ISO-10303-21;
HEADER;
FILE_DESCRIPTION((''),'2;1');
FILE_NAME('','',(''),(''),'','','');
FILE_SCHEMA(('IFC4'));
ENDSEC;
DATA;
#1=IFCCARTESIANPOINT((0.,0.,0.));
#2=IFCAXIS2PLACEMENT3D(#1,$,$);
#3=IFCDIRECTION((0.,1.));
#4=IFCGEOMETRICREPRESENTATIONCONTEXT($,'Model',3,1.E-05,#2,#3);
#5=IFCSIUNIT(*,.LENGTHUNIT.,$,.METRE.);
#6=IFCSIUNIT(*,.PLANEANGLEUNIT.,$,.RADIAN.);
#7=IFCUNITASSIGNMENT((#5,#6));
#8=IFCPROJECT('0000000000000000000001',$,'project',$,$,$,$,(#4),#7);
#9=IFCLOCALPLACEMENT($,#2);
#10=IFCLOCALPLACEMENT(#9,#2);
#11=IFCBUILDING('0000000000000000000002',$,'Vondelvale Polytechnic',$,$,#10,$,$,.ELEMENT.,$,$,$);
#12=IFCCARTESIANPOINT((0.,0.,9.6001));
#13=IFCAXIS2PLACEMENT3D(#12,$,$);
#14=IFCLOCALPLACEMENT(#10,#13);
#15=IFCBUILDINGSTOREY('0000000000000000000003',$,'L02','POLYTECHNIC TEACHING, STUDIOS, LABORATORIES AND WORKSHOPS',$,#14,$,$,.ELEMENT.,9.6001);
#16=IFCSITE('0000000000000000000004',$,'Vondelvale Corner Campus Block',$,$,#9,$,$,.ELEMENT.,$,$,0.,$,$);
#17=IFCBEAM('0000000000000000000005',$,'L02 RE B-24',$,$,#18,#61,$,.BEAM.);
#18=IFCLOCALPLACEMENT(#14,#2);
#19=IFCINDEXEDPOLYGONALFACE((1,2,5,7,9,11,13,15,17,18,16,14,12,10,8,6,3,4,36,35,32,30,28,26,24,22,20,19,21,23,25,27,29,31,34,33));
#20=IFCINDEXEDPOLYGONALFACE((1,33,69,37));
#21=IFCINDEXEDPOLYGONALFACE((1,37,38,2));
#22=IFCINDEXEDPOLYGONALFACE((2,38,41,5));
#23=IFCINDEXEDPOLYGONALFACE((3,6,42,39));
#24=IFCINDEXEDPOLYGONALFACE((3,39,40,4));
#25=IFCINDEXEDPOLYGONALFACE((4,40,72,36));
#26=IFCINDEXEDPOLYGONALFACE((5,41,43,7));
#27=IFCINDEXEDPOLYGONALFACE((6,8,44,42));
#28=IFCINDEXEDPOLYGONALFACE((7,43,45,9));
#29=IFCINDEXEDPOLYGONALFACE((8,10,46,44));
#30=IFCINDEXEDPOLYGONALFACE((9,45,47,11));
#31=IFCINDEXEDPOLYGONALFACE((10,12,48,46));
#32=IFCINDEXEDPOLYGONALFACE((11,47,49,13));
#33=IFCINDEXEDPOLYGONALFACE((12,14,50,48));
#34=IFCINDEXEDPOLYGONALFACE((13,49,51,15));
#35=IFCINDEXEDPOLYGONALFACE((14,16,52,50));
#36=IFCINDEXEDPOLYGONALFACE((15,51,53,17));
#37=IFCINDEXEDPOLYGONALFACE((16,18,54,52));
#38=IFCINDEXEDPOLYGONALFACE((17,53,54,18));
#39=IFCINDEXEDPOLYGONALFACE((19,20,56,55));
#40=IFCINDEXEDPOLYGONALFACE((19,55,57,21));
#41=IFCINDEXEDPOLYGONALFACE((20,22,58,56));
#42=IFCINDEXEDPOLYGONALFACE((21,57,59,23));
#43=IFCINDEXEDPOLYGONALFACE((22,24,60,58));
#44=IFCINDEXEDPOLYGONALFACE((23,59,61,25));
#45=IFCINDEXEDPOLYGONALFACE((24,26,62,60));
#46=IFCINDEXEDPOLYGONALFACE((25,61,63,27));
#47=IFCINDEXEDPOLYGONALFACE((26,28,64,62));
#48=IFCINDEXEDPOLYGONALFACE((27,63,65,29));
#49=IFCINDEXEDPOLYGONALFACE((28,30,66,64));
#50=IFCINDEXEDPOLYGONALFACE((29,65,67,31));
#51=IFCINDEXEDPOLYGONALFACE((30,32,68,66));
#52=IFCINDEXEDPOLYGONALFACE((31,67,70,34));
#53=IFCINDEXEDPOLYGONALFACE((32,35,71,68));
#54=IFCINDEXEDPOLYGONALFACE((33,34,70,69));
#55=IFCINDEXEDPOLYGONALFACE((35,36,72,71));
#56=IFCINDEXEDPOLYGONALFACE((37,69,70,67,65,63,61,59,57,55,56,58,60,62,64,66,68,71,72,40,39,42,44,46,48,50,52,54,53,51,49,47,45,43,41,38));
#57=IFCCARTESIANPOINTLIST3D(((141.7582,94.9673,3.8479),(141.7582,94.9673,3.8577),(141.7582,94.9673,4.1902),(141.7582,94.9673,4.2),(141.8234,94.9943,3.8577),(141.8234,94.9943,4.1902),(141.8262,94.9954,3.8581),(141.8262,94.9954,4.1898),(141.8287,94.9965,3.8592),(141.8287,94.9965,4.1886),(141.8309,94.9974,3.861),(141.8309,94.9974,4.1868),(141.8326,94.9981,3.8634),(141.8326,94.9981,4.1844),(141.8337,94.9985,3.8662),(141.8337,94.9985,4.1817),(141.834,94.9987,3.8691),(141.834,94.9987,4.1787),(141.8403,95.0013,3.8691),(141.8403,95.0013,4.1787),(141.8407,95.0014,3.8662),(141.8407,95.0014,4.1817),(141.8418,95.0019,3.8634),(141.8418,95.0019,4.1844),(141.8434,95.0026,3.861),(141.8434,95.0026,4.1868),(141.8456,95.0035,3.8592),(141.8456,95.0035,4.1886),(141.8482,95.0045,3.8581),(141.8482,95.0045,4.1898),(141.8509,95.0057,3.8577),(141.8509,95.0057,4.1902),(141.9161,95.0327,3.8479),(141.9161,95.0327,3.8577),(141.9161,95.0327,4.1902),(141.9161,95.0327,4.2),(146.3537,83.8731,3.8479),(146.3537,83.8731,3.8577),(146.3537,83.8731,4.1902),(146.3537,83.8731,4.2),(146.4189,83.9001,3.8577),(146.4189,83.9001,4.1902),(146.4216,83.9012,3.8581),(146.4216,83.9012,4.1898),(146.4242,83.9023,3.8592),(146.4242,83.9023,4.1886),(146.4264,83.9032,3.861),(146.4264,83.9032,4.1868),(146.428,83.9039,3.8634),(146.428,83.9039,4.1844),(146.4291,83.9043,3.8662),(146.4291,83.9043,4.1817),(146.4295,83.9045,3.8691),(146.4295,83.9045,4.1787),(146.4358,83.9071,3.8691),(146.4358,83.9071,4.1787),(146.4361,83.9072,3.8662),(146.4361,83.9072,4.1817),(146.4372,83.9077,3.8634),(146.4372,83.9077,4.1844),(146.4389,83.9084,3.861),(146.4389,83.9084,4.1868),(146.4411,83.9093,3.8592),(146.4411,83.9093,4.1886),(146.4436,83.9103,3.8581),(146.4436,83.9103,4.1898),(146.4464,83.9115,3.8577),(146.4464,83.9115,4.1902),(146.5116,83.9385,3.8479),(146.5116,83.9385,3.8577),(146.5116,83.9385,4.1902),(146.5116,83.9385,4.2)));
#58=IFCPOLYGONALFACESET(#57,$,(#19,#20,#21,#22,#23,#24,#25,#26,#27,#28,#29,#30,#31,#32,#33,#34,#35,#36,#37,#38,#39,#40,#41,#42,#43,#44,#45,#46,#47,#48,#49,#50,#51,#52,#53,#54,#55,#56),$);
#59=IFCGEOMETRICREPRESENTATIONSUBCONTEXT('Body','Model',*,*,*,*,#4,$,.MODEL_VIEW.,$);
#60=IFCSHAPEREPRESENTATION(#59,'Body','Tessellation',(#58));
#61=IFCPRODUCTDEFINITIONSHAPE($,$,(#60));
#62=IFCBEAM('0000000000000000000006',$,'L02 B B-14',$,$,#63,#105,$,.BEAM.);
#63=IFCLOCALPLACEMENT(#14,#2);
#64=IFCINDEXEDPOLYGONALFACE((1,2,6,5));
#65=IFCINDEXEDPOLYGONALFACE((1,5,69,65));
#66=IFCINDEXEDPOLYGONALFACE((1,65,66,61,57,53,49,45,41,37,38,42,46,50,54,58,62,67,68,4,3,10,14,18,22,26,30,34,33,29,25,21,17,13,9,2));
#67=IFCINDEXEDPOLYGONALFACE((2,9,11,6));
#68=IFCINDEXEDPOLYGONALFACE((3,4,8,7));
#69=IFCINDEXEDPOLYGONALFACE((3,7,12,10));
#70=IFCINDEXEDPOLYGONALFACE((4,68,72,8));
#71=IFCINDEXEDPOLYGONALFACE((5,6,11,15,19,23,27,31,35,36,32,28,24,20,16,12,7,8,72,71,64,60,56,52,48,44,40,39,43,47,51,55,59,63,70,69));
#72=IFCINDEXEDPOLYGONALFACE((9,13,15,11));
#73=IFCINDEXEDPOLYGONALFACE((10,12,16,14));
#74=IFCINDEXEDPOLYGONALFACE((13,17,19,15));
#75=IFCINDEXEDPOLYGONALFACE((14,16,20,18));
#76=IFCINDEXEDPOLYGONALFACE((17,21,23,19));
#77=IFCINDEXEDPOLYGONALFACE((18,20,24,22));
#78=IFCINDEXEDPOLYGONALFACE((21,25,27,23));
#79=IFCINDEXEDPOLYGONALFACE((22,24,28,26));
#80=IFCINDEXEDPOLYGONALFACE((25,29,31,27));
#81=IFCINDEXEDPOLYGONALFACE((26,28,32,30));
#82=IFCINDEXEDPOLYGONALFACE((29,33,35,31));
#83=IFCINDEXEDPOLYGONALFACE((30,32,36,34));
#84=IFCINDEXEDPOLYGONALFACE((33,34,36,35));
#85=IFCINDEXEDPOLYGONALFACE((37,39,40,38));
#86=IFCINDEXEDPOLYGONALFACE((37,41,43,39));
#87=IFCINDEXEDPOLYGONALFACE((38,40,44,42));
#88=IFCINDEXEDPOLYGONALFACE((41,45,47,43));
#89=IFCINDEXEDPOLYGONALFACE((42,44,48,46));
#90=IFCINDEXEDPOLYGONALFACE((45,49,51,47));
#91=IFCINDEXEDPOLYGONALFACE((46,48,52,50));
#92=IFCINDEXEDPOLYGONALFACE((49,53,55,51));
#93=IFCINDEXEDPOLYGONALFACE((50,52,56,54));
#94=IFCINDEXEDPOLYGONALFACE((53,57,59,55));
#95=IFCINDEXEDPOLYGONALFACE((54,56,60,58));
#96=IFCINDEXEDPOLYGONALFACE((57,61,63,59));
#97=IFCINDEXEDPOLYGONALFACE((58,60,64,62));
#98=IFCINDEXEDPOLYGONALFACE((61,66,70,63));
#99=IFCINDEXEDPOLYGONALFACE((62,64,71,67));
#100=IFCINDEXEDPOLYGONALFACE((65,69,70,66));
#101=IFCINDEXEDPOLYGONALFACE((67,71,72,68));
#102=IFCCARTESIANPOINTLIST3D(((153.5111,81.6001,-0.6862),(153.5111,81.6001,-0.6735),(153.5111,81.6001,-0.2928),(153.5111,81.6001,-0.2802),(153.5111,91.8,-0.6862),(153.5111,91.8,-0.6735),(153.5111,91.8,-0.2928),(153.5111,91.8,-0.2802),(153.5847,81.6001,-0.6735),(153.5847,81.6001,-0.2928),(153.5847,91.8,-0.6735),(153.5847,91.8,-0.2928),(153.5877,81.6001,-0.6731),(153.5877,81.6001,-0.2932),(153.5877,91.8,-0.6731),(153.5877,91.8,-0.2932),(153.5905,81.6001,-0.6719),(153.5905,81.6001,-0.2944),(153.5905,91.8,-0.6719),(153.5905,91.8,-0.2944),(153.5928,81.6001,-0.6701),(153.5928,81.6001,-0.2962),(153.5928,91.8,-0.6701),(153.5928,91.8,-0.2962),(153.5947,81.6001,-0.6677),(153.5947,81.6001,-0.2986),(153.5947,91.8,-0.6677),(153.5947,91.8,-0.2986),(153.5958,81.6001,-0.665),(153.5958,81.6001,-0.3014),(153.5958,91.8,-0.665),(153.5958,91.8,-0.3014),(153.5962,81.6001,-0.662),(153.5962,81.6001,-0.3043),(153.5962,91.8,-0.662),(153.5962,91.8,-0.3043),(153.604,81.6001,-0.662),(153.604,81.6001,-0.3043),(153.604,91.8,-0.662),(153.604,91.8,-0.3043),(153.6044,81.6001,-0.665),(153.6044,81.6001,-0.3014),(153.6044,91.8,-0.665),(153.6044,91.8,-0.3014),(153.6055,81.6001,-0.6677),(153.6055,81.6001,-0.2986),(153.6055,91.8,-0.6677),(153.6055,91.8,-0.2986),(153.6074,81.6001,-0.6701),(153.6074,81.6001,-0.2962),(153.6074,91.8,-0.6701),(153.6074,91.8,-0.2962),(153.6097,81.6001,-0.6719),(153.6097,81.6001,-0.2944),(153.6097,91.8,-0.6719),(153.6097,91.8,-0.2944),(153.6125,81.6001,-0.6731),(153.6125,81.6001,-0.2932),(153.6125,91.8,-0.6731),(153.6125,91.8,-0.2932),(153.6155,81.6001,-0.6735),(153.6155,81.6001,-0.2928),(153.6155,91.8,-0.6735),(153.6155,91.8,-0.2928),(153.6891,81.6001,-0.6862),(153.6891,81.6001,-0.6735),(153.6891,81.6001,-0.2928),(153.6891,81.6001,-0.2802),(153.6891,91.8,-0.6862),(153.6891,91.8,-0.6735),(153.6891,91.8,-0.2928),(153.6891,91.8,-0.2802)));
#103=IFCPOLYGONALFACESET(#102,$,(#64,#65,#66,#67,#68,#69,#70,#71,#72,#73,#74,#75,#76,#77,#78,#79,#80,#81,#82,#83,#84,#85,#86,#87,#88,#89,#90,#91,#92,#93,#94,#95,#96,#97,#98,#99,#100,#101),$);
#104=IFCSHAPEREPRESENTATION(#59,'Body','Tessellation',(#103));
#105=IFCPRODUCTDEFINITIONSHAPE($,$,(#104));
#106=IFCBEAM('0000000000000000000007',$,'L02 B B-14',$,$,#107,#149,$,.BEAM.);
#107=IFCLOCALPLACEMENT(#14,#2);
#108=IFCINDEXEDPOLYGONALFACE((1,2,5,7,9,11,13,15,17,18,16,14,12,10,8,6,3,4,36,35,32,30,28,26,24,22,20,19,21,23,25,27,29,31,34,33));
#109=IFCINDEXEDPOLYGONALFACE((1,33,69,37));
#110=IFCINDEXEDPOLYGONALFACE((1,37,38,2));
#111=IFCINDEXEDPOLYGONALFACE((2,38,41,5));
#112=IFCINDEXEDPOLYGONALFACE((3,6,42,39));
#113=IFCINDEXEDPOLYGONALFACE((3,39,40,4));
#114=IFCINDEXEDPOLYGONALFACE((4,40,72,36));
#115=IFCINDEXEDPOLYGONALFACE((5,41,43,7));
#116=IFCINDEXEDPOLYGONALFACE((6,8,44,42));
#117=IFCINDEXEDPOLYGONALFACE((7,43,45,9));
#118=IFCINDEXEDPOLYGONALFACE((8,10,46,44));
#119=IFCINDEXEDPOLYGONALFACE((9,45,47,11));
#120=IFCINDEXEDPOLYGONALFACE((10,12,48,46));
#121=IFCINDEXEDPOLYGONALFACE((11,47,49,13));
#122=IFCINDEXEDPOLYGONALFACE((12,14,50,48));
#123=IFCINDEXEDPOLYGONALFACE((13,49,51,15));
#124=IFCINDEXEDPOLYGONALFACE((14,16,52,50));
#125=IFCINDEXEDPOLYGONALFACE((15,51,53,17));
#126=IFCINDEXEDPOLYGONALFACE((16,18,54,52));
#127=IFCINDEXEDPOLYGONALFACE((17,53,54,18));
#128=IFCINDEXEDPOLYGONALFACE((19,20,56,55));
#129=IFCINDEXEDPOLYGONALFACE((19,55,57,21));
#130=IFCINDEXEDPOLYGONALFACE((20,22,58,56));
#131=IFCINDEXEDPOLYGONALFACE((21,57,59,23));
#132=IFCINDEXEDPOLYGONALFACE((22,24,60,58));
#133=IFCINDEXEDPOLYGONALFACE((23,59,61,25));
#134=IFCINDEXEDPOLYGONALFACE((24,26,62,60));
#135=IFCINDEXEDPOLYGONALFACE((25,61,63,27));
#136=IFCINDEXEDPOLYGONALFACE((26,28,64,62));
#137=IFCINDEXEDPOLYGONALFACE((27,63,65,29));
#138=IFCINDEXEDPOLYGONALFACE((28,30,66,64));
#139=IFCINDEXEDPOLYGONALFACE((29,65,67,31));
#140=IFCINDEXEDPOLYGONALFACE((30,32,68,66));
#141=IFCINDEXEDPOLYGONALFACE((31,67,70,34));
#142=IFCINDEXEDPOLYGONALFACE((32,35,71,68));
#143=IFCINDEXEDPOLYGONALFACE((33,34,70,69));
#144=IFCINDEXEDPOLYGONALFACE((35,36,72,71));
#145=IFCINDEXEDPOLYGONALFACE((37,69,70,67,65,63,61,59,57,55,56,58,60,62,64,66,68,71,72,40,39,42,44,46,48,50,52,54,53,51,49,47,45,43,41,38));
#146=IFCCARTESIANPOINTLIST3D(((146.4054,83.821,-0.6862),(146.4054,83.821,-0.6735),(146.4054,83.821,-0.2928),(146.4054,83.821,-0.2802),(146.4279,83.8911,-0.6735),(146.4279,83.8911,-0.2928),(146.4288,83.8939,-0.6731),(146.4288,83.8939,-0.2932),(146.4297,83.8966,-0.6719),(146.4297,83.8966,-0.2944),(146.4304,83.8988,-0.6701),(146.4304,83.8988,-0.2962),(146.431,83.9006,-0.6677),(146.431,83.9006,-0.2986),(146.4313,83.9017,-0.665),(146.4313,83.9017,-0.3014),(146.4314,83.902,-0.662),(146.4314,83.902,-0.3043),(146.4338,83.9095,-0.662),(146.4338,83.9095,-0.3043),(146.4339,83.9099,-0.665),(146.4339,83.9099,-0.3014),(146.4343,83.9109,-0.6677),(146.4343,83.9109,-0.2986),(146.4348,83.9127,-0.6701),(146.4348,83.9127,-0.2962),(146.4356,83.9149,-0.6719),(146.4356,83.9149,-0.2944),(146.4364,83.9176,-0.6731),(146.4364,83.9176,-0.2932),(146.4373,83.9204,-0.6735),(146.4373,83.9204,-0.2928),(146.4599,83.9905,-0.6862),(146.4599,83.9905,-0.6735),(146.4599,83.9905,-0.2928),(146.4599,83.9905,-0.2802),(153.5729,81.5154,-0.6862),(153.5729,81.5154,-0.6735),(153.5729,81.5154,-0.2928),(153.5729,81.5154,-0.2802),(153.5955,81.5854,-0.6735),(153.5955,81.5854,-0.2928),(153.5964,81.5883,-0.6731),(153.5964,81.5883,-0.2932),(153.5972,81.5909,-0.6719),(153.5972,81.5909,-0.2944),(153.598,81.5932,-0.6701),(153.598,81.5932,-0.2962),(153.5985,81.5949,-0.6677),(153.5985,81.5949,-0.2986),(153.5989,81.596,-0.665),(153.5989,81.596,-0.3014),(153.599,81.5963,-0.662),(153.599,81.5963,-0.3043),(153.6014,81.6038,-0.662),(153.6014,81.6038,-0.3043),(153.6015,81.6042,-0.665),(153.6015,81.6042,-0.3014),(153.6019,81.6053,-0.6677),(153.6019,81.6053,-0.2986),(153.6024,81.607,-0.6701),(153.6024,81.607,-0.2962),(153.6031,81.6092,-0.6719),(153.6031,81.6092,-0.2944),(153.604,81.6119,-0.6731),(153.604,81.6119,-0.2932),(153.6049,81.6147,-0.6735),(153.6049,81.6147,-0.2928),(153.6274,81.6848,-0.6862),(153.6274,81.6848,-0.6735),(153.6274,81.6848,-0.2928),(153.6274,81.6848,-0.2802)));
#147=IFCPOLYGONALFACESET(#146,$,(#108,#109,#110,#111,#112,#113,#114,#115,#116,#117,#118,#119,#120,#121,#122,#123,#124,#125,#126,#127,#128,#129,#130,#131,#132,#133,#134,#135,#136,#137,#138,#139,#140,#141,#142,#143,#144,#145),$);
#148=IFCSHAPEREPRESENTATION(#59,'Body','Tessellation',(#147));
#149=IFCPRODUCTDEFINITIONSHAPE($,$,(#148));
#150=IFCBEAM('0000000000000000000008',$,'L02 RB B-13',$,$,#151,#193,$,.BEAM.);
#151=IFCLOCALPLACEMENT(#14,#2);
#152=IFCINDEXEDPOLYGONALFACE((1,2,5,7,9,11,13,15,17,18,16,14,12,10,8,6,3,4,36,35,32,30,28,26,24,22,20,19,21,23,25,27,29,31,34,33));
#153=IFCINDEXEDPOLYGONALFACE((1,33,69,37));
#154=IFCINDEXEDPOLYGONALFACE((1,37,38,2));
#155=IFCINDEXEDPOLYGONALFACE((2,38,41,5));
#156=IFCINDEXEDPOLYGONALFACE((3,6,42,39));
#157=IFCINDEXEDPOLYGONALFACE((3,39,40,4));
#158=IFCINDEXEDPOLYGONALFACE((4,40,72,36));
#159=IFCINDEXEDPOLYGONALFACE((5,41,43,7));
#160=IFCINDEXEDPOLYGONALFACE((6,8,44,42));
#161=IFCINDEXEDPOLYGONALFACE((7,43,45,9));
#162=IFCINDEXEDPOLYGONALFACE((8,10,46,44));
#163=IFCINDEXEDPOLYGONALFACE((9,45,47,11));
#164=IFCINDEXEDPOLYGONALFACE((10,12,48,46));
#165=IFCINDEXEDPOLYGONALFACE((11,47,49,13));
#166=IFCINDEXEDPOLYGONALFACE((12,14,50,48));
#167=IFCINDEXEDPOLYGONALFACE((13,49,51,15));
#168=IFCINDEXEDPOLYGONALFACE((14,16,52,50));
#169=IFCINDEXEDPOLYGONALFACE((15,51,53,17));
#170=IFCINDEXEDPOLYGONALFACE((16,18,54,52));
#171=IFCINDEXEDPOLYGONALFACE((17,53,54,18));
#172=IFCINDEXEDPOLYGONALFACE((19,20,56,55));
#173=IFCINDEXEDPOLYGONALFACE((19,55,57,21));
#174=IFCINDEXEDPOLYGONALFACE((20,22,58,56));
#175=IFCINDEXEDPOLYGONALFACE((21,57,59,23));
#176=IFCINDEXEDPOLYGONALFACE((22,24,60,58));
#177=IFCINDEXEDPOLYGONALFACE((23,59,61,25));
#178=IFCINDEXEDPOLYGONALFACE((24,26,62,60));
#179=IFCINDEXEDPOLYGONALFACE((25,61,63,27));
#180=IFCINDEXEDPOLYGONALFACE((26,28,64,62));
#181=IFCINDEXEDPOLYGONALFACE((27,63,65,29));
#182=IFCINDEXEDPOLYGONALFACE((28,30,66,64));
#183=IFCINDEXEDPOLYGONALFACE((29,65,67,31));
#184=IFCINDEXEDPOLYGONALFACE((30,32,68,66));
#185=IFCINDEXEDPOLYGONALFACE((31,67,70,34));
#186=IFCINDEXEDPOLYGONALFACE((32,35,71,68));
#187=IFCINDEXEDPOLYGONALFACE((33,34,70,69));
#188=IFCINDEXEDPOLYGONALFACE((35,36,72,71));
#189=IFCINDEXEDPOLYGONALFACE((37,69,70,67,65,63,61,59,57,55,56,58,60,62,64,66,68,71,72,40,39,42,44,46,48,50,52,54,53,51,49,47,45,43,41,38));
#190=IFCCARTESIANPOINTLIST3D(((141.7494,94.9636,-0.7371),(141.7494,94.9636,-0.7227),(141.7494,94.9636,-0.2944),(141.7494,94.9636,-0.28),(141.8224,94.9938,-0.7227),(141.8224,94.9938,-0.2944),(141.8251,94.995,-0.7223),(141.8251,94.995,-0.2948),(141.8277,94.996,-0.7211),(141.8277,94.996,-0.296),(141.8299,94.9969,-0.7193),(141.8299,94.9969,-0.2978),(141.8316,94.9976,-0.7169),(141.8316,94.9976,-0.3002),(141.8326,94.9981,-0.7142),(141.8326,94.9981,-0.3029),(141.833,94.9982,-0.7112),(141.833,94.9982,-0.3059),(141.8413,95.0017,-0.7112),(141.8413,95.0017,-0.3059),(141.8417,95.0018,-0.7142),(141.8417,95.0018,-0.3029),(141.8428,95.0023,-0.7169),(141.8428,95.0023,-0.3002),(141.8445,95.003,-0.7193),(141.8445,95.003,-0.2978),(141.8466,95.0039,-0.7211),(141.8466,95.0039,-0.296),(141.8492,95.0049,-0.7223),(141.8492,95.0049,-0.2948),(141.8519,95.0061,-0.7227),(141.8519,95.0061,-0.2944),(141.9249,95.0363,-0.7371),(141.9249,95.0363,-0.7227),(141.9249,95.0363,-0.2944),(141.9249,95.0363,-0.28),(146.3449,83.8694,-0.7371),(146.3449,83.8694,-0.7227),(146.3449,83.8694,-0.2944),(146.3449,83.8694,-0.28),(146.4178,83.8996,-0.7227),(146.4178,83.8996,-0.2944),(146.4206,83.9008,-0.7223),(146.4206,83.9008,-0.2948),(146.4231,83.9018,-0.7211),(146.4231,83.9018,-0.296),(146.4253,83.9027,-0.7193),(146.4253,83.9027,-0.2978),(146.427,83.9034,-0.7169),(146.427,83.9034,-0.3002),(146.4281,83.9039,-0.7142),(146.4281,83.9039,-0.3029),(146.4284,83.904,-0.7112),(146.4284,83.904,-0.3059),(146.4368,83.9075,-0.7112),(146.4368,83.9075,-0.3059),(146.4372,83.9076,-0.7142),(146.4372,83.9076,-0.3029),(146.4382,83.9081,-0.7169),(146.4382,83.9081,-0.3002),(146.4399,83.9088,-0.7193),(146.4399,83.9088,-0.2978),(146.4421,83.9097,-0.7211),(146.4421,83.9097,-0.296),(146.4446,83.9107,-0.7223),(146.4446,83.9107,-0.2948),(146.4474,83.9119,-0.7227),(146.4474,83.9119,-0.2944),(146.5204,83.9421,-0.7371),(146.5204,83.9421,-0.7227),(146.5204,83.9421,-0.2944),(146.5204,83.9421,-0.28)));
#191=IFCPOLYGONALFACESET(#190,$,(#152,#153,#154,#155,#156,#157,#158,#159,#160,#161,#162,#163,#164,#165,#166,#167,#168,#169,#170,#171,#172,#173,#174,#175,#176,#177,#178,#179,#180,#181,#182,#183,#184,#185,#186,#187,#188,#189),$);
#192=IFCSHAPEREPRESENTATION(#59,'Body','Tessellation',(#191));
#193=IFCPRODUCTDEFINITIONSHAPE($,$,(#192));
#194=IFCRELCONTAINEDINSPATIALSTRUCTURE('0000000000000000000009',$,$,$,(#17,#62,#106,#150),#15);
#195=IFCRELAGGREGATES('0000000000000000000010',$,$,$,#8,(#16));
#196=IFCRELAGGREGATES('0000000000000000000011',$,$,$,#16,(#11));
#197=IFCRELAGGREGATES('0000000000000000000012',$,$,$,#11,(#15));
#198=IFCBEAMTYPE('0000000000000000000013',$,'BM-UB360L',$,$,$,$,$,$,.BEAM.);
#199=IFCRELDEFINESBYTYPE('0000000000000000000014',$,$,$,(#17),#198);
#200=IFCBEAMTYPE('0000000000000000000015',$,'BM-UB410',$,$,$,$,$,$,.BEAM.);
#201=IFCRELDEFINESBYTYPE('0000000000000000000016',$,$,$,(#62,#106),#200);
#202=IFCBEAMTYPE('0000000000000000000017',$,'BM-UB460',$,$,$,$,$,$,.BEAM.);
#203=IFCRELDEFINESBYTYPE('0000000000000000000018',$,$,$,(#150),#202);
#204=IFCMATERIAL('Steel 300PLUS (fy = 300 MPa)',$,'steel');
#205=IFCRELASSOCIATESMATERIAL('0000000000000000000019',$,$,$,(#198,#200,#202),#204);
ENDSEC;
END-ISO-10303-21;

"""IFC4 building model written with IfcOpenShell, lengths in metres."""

from ifc_helpers import new_model, si_unit, direction, frame, origin, origin_2d, place, context, subcontext, project, spatial, i_section, extrude, material, material_profile, profile_set, type_object, element, save


model = new_model("IFC4")

# Units and contexts
model_context = context("Model", 3, precision=1e-05, world=origin(), true_north=direction((0.0, 1.0)))
body_context = subcontext(model_context, "Body", "Model", "MODEL_VIEW")
ifc_project = project(units=[si_unit("LENGTHUNIT", "METRE"), si_unit("PLANEANGLEUNIT", "RADIAN")], contexts=[model_context])

# Site, building, storey
site_placement = place(None, origin())
site = spatial("IfcSite", under=ifc_project, at=site_placement, Name="Vondelvale Corner Campus Block", CompositionType="ELEMENT", RefElevation=0.0)
building_placement = place(site_placement, origin())
building = spatial("IfcBuilding", under=site, at=building_placement, Name="Vondelvale Polytechnic", CompositionType="ELEMENT")
storey_placement = place(building_placement, frame((0.0, 0.0, 9.6001)))
storey = spatial("IfcBuildingStorey", under=building, at=storey_placement, Name="L02", Description="POLYTECHNIC TEACHING, STUDIOS, LABORATORIES AND WORKSHOPS", CompositionType="ELEMENT", Elevation=9.6001)

# Shared definitions
ifc_material_1 = material(Name="Steel 300PLUS (fy = 300 MPa)", Category="steel")

# Beams
ifc_material_profile_1 = material_profile(ifc_material_1, i_section(OverallWidth=0.1709, OverallDepth=0.3521, WebThickness=0.0068, FlangeThickness=0.0098, FilletRadius=0.0115, at=origin_2d()), Name="360UB44.7")
ifc_profile_set_1 = profile_set([ifc_material_profile_1], Name="Steel 300PLUS (fy = 300 MPa)")
beam_type_1 = type_object("IfcBeamType", Name="BM-UB360L", PredefinedType="BEAM", material=ifc_profile_set_1)
beam_1_placement = place(storey_placement, frame((146.4326, 83.9058, 4.0239), z_axis=(-0.382689, 0.923877, 0.0), x_axis=(-0.923877, -0.382689, 0.0)))
element("IfcBeam", 1, at=beam_1_placement, inside=storey, type_object=beam_type_1, Name="L02 RE B-24", PredefinedType="BEAM", context=body_context, shape_type="SweptSolid", body=[
    extrude(i_section(OverallWidth=0.1709, OverallDepth=0.3521, WebThickness=0.0068, FlangeThickness=0.0098, FilletRadius=0.0115, at=origin_2d()), origin(), (0.0, 0.0, 1.0), 12.0083),
])
ifc_material_profile_2 = material_profile(ifc_material_1, i_section(OverallWidth=0.178, OverallDepth=0.406, WebThickness=0.0078, FlangeThickness=0.0127, FilletRadius=0.0115, at=origin_2d()), Name="410UB59.7")
ifc_profile_set_2 = profile_set([ifc_material_profile_2], Name="Steel 300PLUS (fy = 300 MPa)")
beam_type_2 = type_object("IfcBeamType", Name="BM-UB410", PredefinedType="BEAM", material=ifc_profile_set_2)
beam_2_placement = place(storey_placement, frame((153.6001, 81.6001, -0.4832), z_axis=(0.0, 1.0, 0.0), x_axis=(-1.0, 0.0, 0.0)))
element("IfcBeam", 2, at=beam_2_placement, inside=storey, type_object=beam_type_2, Name="L02 B B-14", PredefinedType="BEAM", context=body_context, shape_type="SweptSolid", body=[
    extrude(i_section(OverallWidth=0.178, OverallDepth=0.406, WebThickness=0.0078, FlangeThickness=0.0127, FilletRadius=0.0115, at=origin_2d()), origin(), (0.0, 0.0, 1.0), 10.2),
])
beam_3_placement = place(storey_placement, frame((146.4326, 83.9058, -0.4832), z_axis=(0.951958, -0.30623, 0.0), x_axis=(0.30623, 0.951958, 0.0)))
element("IfcBeam", 3, at=beam_3_placement, inside=storey, type_object=beam_type_2, Name="L02 B B-14", PredefinedType="BEAM", context=body_context, shape_type="SweptSolid", body=[
    extrude(i_section(OverallWidth=0.178, OverallDepth=0.406, WebThickness=0.0078, FlangeThickness=0.0127, FilletRadius=0.0115, at=origin_2d()), origin(), (0.0, 0.0, 1.0), 7.5293),
])
ifc_material_profile_3 = material_profile(ifc_material_1, i_section(OverallWidth=0.1899, OverallDepth=0.457, WebThickness=0.009, FlangeThickness=0.0144, FilletRadius=0.0115, at=origin_2d()), Name="460UB74.6")
ifc_profile_set_3 = profile_set([ifc_material_profile_3], Name="Steel 300PLUS (fy = 300 MPa)")
beam_type_3 = type_object("IfcBeamType", Name="BM-UB460", PredefinedType="BEAM", material=ifc_profile_set_3)
beam_4_placement = place(storey_placement, frame((146.4326, 83.9058, -0.5085), z_axis=(-0.382689, 0.923877, 0.0), x_axis=(-0.923877, -0.382689, 0.0)))
element("IfcBeam", 4, at=beam_4_placement, inside=storey, type_object=beam_type_3, Name="L02 RB B-13", PredefinedType="BEAM", context=body_context, shape_type="SweptSolid", body=[
    extrude(i_section(OverallWidth=0.1899, OverallDepth=0.457, WebThickness=0.009, FlangeThickness=0.0144, FilletRadius=0.0115, at=origin_2d()), origin(), (0.0, 0.0, 1.0), 12.0083),
])

save(model, "model.ifc")
